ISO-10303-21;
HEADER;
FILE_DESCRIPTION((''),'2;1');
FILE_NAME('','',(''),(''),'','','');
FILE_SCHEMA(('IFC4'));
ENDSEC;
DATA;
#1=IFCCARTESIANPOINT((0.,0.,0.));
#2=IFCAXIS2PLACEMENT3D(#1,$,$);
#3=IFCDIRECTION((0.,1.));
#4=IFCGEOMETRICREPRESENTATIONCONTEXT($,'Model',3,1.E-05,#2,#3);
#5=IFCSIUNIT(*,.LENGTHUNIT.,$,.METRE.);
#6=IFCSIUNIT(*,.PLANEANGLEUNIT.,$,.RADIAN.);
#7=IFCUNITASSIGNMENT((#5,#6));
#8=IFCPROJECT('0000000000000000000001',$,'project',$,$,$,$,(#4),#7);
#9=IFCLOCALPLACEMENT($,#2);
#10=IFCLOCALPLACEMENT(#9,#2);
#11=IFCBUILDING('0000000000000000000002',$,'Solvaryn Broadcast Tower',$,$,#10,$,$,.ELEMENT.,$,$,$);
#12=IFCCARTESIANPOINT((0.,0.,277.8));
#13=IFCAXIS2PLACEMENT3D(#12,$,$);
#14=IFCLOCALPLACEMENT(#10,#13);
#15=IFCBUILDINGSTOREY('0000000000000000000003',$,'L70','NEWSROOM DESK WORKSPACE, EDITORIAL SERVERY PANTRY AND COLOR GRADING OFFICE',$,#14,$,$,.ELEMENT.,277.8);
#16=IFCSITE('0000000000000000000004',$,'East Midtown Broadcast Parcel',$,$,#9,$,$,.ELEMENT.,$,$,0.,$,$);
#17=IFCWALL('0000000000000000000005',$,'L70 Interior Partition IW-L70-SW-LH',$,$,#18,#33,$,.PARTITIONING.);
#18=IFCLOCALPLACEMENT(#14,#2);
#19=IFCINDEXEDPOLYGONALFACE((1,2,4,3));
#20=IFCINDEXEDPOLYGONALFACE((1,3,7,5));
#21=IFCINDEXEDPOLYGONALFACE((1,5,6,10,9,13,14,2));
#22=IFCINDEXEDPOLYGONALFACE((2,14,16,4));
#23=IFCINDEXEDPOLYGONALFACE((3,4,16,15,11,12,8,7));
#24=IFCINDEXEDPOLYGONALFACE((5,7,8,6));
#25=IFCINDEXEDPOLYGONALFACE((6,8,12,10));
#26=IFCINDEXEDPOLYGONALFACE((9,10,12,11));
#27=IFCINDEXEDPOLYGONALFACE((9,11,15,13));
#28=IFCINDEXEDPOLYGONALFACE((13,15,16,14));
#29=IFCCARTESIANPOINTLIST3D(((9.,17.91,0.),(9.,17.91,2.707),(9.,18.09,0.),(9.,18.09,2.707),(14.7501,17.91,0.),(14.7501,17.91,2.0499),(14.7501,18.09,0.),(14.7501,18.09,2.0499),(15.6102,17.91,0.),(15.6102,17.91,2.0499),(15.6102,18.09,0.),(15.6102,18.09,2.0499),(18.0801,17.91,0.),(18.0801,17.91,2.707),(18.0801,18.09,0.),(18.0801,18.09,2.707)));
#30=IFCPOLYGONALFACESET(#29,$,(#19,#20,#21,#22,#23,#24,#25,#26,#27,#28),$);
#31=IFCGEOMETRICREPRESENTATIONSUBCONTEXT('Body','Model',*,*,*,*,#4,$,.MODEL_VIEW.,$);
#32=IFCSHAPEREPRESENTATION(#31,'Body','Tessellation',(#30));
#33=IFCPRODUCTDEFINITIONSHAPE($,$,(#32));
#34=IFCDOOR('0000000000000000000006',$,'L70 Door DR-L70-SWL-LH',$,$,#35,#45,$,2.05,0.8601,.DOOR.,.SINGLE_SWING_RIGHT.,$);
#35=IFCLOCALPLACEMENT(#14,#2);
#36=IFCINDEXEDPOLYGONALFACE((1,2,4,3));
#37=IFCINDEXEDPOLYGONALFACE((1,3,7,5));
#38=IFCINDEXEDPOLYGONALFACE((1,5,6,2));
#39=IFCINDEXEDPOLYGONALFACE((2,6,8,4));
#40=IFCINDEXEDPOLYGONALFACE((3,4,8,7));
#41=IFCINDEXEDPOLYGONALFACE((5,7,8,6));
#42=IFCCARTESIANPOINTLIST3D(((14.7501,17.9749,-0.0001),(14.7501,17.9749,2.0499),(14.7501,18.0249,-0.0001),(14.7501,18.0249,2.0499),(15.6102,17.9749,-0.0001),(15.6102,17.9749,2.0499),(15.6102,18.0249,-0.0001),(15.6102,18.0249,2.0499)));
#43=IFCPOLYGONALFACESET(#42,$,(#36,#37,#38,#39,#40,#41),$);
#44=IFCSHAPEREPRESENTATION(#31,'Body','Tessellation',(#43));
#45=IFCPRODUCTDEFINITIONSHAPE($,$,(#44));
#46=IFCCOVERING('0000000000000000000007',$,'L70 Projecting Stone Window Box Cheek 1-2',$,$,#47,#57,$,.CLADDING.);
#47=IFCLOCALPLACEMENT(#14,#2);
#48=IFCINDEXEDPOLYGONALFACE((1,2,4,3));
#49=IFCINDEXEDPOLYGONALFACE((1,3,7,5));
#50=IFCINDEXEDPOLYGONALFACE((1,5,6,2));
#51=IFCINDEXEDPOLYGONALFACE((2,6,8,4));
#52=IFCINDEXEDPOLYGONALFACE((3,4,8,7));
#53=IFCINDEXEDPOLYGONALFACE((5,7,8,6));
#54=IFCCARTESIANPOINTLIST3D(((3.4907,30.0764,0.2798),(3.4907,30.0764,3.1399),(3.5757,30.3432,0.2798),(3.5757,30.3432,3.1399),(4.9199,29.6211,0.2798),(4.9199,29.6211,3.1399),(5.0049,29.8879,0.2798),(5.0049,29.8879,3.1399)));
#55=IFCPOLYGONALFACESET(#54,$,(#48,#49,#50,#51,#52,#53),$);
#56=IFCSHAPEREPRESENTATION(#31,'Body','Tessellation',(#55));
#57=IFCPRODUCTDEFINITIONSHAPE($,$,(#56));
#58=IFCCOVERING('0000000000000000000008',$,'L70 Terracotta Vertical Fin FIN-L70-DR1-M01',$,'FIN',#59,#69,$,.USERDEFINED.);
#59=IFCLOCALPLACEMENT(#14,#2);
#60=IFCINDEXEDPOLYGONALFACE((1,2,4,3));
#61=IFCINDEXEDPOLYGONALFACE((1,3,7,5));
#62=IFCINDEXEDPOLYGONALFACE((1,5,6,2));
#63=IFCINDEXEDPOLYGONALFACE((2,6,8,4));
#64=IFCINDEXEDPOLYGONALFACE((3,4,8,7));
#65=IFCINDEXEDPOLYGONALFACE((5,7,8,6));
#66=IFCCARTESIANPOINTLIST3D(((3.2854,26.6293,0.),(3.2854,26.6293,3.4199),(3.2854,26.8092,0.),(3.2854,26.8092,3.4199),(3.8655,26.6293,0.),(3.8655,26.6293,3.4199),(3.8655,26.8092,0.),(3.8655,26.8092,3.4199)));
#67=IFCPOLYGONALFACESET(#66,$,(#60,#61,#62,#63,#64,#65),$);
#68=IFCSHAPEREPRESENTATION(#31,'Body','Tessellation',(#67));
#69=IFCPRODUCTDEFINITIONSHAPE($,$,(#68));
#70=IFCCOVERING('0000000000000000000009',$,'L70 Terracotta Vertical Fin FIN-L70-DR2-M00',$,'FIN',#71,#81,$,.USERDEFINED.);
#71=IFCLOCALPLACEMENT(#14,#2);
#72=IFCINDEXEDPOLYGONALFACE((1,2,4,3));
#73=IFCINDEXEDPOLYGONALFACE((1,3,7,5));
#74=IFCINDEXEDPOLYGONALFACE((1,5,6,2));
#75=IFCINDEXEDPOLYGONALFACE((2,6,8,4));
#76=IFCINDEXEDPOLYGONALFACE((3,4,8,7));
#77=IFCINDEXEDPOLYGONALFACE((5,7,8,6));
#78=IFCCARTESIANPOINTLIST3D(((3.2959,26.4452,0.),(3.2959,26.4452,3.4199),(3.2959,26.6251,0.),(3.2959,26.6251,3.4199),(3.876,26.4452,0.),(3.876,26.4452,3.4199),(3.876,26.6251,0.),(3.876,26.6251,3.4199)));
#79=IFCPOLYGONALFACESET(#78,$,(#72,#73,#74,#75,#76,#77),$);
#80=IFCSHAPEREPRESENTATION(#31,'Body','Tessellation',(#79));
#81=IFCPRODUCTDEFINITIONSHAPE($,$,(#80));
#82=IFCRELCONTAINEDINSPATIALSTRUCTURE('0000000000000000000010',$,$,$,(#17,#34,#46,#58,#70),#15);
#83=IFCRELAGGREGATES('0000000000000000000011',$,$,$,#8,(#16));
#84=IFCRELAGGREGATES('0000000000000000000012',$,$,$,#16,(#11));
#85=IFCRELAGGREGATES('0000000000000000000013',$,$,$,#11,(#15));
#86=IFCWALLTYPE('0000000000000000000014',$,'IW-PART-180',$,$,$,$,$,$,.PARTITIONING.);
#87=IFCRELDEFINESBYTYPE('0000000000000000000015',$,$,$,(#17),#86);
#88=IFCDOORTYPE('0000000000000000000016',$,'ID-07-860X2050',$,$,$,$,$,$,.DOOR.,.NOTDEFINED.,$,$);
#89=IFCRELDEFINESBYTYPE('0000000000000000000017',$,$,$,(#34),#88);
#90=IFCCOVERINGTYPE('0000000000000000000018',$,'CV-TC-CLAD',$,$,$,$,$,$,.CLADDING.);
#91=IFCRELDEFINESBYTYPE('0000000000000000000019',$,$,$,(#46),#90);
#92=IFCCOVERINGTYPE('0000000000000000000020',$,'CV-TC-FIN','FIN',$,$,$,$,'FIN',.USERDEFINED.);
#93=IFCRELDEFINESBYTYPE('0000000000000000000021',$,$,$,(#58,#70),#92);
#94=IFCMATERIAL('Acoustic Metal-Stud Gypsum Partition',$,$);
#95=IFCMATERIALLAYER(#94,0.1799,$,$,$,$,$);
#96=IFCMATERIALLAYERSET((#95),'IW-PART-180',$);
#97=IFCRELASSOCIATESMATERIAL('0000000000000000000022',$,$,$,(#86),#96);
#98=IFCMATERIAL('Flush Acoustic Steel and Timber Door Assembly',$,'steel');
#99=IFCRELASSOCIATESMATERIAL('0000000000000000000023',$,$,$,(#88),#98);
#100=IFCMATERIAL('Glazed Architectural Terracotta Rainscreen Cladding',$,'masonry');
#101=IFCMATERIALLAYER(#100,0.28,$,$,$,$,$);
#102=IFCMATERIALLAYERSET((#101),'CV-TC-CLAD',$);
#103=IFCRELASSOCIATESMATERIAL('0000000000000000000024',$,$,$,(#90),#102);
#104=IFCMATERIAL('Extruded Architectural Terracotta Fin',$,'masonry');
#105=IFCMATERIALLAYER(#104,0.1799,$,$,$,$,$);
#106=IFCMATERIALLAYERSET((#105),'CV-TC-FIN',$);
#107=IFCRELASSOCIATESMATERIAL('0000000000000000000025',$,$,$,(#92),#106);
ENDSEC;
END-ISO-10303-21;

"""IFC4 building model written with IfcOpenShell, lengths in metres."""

from ifc_helpers import new_model, si_unit, direction, frame, frame_2d, origin, origin_2d, place, context, subcontext, project, spatial, rectangle, extrude, material, layer, layer_set, type_object, element, fill, save


model = new_model("IFC4")

# Units and contexts
model_context = context("Model", 3, precision=1e-05, world=origin(), true_north=direction((0.0, 1.0)))
body_context = subcontext(model_context, "Body", "Model", "MODEL_VIEW")
ifc_project = project(units=[si_unit("LENGTHUNIT", "METRE"), si_unit("PLANEANGLEUNIT", "RADIAN")], contexts=[model_context])

# Site, building, storey
site_placement = place(None, origin())
site = spatial("IfcSite", under=ifc_project, at=site_placement, Name="East Midtown Broadcast Parcel", CompositionType="ELEMENT", RefElevation=0.0)
building_placement = place(site_placement, origin())
building = spatial("IfcBuilding", under=site, at=building_placement, Name="Solvaryn Broadcast Tower", CompositionType="ELEMENT")
storey_placement = place(building_placement, frame((0.0, 0.0, 277.8)))
storey = spatial("IfcBuildingStorey", under=building, at=storey_placement, Name="L70", Description="NEWSROOM DESK WORKSPACE, EDITORIAL SERVERY PANTRY AND COLOR GRADING OFFICE", CompositionType="ELEMENT", Elevation=277.8)

# Wall, opening, door
ifc_material_1 = material(Name="Acoustic Metal-Stud Gypsum Partition")
ifc_layer_1 = layer(ifc_material_1, 0.1799)
ifc_layer_set_1 = layer_set([ifc_layer_1], Name="IW-PART-180")
wall_type = type_object("IfcWallType", Name="IW-PART-180", PredefinedType="PARTITIONING", material=ifc_layer_set_1)
wall_placement = place(storey_placement, frame((9.0, 18.0, 0.0), z_axis=(0.0, 0.0, 1.0), x_axis=(1.0, 0.0, 0.0)))
wall = element("IfcWall", 1, at=wall_placement, inside=storey, type_object=wall_type, Name="L70 Interior Partition IW-L70-SW-LH", PredefinedType="PARTITIONING", context=body_context, shape_type="SweptSolid", body=[
    extrude(rectangle(XDim=9.0801, YDim=0.1799, at=frame_2d((4.54, 0.0))), origin(), (0.0, 0.0, 1.0), 2.707),
])
opening_placement = place(wall_placement, frame((5.75, 0.0, 0.0)))
opening = element("IfcOpeningElement", 2, at=opening_placement, cuts=wall, PredefinedType="OPENING", context=body_context, shape_type="SweptSolid", body=[
    extrude(rectangle(XDim=0.8601, YDim=2.05, at=frame_2d((0.4302, 1.0249))), frame((0.0, 0.0999, 0.0), z_axis=(0.0, -1.0, 0.0), x_axis=(1.0, 0.0, 0.0)), (0.0, 0.0, 1.0), 0.2),
])
ifc_material_2 = material(Name="Flush Acoustic Steel and Timber Door Assembly", Category="steel")
door_type = type_object("IfcDoorType", Name="ID-07-860X2050", OperationType="NOTDEFINED", PredefinedType="DOOR", material=ifc_material_2)
door_placement = place(opening_placement, origin())
door = element("IfcDoor", 3, at=door_placement, inside=storey, type_object=door_type, Name="L70 Door DR-L70-SWL-LH", OperationType="SINGLE_SWING_RIGHT", OverallHeight=2.05, OverallWidth=0.8601, PredefinedType="DOOR", context=body_context, shape_type="SweptSolid", body=[
    extrude(rectangle(XDim=0.8601, YDim=2.05, at=frame_2d((0.4302, 1.0249))), frame((0.0, 0.0249, 0.0), z_axis=(0.0, -1.0, 0.0), x_axis=(1.0, 0.0, 0.0)), (0.0, 0.0, 1.0), 0.05),
])
fill(opening, door)

# Coverings
ifc_material_3 = material(Name="Glazed Architectural Terracotta Rainscreen Cladding", Category="masonry")
ifc_layer_2 = layer(ifc_material_3, 0.28)
ifc_layer_set_2 = layer_set([ifc_layer_2], Name="CV-TC-CLAD")
covering_type_1 = type_object("IfcCoveringType", Name="CV-TC-CLAD", PredefinedType="CLADDING", material=ifc_layer_set_2)
covering_placement = place(storey_placement, frame((4.2478, 29.9822, 0.2798), z_axis=(0.0, 0.0, 1.0), x_axis=(-0.303534, -0.952821, 0.0)))
element("IfcCovering", 4, at=covering_placement, inside=storey, type_object=covering_type_1, Name="L70 Projecting Stone Window Box Cheek 1-2", PredefinedType="CLADDING", context=body_context, shape_type="SweptSolid", body=[
    extrude(rectangle(XDim=0.28, YDim=1.5, at=origin_2d()), origin(), (0.0, 0.0, 1.0), 2.8601),
])
ifc_material_4 = material(Name="Extruded Architectural Terracotta Fin", Category="masonry")
ifc_layer_3 = layer(ifc_material_4, 0.1799)
ifc_layer_set_3 = layer_set([ifc_layer_3], Name="CV-TC-FIN")
covering_type_2 = type_object("IfcCoveringType", Name="CV-TC-FIN", Description="FIN", ElementType="FIN", PredefinedType="USERDEFINED", material=ifc_layer_set_3)
for number, where, z_axis, x_axis, name in (
    (5, (3.5754, 26.7192, 0.0), (0.0, 0.0, 1.0), (1.0, 0.0, 0.0), "L70 Terracotta Vertical Fin FIN-L70-DR1-M01"),
    (6, (3.5859, 26.5352, 0.0), (0.0, 0.0, 1.0), (1.0, 0.0, 0.0), "L70 Terracotta Vertical Fin FIN-L70-DR2-M00"),
):
    element("IfcCovering", number, at=place(storey_placement, frame(where, z_axis=z_axis, x_axis=x_axis)), inside=storey, type_object=covering_type_2, Name=name, ObjectType="FIN", PredefinedType="USERDEFINED", context=body_context, shape_type="SweptSolid", body=[
        extrude(rectangle(XDim=0.5801, YDim=0.1799, at=origin_2d()), origin(), (0.0, 0.0, 1.0), 3.4199),
    ])

save(model, "model.ifc")
